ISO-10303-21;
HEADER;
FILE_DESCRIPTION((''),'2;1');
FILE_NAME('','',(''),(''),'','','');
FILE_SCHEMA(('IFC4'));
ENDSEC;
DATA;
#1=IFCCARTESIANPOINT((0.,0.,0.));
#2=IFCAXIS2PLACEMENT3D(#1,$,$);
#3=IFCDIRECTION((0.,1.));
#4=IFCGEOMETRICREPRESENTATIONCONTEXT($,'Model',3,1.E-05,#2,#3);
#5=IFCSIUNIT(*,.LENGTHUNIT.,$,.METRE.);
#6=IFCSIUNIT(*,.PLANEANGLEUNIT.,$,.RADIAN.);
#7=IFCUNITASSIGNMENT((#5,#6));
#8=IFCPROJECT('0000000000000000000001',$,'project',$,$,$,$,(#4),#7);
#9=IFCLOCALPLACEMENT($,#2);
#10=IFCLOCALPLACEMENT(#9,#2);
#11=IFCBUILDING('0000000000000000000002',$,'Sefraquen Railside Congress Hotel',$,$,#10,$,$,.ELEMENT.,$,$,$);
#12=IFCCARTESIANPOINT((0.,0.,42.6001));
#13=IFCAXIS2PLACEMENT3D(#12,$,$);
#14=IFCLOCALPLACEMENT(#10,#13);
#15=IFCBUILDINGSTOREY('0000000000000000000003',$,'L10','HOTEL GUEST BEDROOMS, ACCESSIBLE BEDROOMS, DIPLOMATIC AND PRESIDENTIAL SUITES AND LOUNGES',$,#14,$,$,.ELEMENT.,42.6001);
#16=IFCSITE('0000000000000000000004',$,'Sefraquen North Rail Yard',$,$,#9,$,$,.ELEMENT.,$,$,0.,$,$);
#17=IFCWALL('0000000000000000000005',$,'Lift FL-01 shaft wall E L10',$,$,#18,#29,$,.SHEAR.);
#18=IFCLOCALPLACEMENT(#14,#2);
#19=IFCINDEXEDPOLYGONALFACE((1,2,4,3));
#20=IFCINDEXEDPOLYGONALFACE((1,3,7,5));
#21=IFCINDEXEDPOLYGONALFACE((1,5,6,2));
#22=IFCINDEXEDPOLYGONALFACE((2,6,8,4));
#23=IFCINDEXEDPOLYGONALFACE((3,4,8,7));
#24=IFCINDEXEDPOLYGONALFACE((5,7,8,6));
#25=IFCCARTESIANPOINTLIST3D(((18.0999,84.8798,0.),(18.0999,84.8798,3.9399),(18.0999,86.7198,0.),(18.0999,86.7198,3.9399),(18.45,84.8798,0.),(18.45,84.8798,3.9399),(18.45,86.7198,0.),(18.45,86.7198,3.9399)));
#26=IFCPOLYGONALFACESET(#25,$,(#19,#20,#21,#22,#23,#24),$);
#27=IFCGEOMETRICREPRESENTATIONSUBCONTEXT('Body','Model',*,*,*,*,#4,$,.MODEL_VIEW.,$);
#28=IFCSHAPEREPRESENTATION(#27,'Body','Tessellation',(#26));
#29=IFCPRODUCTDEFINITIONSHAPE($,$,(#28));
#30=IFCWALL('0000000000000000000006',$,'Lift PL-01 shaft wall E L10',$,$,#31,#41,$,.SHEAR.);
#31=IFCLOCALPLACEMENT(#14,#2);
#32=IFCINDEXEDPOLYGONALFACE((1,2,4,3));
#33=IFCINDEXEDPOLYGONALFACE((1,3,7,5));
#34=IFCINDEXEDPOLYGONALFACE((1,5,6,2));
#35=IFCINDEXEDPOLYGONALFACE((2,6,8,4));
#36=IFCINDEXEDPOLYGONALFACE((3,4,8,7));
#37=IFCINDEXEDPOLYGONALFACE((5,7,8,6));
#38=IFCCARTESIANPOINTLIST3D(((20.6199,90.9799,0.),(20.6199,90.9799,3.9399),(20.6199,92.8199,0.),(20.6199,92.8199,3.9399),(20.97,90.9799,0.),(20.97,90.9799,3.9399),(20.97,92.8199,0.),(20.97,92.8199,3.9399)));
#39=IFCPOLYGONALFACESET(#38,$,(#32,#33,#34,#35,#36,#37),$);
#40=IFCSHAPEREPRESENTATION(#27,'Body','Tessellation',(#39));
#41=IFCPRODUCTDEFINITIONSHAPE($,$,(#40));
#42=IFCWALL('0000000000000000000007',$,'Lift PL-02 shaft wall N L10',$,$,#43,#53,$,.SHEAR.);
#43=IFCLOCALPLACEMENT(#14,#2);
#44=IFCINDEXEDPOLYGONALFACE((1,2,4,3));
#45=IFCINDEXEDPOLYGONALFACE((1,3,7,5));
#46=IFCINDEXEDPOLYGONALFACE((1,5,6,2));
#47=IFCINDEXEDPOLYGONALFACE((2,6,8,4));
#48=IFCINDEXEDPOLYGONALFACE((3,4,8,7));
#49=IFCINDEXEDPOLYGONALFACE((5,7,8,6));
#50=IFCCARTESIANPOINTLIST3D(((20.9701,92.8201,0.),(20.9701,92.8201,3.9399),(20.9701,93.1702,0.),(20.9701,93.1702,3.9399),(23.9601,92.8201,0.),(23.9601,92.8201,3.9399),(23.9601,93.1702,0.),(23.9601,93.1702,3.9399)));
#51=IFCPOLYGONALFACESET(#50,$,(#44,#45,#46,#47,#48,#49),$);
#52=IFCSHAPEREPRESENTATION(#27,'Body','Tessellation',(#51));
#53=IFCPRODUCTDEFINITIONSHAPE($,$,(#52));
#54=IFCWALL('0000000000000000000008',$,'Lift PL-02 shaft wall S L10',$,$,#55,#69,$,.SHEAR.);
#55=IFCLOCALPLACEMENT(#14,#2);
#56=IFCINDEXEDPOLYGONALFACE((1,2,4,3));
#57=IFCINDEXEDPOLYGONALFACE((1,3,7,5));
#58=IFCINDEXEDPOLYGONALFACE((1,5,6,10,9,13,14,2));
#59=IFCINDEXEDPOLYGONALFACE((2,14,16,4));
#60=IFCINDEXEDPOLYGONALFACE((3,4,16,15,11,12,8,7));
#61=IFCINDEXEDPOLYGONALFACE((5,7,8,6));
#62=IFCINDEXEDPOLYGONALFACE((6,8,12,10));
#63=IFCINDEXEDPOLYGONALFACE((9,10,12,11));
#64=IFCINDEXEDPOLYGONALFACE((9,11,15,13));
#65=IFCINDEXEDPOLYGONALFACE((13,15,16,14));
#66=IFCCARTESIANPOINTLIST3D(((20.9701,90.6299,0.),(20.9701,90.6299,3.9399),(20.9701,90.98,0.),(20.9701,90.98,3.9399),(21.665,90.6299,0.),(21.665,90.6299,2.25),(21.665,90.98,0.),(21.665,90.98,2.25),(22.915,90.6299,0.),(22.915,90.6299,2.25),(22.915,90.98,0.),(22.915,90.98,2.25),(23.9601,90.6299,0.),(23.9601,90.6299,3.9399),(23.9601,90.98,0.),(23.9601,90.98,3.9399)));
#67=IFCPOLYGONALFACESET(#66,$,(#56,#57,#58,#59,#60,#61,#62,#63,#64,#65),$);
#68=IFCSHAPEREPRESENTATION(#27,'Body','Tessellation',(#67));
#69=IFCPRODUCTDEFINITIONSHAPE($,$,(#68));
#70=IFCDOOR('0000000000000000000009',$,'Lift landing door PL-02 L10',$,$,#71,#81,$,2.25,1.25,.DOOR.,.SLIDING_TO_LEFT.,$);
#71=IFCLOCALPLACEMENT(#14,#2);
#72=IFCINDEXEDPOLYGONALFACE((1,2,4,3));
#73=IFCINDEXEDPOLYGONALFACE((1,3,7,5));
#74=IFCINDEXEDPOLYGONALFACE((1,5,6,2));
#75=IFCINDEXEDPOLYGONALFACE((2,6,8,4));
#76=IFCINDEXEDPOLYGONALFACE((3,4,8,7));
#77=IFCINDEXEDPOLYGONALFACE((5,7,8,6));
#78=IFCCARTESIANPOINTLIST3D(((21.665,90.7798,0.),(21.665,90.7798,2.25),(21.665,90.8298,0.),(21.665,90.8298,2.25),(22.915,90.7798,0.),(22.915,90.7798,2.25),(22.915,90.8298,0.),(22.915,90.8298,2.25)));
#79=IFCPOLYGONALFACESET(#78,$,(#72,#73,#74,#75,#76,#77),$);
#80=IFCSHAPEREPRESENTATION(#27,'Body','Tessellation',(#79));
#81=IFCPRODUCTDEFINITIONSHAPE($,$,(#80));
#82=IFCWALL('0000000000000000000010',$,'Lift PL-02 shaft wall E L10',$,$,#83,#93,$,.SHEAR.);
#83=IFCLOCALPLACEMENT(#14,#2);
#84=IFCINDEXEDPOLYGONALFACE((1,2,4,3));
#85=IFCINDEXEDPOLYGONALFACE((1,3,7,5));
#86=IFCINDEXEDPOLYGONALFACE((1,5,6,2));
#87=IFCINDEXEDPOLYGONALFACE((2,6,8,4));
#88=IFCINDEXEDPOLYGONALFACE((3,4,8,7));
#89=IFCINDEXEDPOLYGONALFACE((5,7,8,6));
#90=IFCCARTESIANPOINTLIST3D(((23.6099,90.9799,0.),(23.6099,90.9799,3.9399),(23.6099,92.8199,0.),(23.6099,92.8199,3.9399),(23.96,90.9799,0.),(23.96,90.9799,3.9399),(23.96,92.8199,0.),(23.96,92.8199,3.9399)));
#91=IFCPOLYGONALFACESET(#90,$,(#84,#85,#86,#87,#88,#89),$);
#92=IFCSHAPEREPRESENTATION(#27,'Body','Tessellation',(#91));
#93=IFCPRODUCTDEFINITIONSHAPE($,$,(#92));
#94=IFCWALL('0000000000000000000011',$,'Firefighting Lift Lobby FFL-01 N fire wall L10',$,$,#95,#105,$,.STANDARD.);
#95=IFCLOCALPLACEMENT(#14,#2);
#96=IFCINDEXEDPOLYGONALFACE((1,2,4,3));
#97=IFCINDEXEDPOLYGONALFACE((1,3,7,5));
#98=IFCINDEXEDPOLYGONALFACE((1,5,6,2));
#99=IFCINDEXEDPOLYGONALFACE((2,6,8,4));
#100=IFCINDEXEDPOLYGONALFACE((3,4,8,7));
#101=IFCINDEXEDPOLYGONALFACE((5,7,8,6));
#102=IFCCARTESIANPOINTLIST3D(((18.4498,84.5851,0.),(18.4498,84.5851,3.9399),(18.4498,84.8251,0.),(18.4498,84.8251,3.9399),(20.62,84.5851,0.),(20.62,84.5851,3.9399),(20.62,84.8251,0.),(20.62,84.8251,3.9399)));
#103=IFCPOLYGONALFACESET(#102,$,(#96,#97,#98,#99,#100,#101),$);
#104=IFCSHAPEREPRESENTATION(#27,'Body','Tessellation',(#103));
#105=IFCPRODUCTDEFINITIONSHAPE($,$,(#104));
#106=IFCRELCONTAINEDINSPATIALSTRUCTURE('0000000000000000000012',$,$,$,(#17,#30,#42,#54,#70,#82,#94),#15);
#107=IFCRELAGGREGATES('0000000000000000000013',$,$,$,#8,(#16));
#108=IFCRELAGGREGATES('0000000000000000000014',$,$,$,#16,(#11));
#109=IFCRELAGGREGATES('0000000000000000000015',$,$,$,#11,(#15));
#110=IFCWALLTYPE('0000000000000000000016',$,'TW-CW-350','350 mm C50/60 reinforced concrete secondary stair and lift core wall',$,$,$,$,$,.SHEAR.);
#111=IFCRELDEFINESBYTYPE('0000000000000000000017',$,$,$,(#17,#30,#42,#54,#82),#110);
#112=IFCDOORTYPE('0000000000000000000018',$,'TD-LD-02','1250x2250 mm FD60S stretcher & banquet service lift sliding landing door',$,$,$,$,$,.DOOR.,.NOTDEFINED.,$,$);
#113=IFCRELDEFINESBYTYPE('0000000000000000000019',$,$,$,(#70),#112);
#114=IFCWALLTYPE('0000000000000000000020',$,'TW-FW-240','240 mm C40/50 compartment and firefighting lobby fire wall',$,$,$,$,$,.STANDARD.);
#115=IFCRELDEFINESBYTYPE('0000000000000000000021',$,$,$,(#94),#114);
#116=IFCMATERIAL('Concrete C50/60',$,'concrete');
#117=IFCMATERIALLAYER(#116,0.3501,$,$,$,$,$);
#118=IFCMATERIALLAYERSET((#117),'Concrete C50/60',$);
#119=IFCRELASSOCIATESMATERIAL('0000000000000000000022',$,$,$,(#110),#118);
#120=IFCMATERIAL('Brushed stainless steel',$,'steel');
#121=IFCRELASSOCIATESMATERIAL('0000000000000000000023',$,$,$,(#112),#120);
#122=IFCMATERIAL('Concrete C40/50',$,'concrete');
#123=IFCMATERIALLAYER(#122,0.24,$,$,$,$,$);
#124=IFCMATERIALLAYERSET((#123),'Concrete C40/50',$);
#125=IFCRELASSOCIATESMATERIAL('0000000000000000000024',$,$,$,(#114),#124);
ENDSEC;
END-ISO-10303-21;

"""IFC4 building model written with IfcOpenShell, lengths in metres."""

from ifc_helpers import new_model, si_unit, direction, frame, frame_2d, origin, place, context, subcontext, project, spatial, rectangle, extrude, material, layer, layer_set, type_object, element, fill, save


model = new_model("IFC4")

# Units and contexts
model_context = context("Model", 3, precision=1e-05, world=origin(), true_north=direction((0.0, 1.0)))
body_context = subcontext(model_context, "Body", "Model", "MODEL_VIEW")
ifc_project = project(units=[si_unit("LENGTHUNIT", "METRE"), si_unit("PLANEANGLEUNIT", "RADIAN")], contexts=[model_context])

# Site, building, storey
site_placement = place(None, origin())
site = spatial("IfcSite", under=ifc_project, at=site_placement, Name="Sefraquen North Rail Yard", CompositionType="ELEMENT", RefElevation=0.0)
building_placement = place(site_placement, origin())
building = spatial("IfcBuilding", under=site, at=building_placement, Name="Sefraquen Railside Congress Hotel", CompositionType="ELEMENT")
storey_placement = place(building_placement, frame((0.0, 0.0, 42.6001)))
storey = spatial("IfcBuildingStorey", under=building, at=storey_placement, Name="L10", Description="HOTEL GUEST BEDROOMS, ACCESSIBLE BEDROOMS, DIPLOMATIC AND PRESIDENTIAL SUITES AND LOUNGES", CompositionType="ELEMENT", Elevation=42.6001)

# Walls
ifc_material_1 = material(Name="Concrete C50/60", Category="concrete")
ifc_layer_1 = layer(ifc_material_1, 0.3501)
ifc_layer_set_1 = layer_set([ifc_layer_1], Name="Concrete C50/60")
wall_type_1 = type_object("IfcWallType", Name="TW-CW-350", Description="350 mm C50/60 reinforced concrete secondary stair and lift core wall", PredefinedType="SHEAR", material=ifc_layer_set_1)
for number, where, z_axis, x_axis, name in (
    (1, (18.2749, 84.8799, 0.0), (0.0, 0.0, 1.0), (0.0, 1.0, 0.0), "Lift FL-01 shaft wall E L10"),
    (2, (20.7949, 90.98, 0.0), (0.0, 0.0, 1.0), (0.0, 1.0, 0.0), "Lift PL-01 shaft wall E L10"),
):
    element("IfcWall", number, at=place(storey_placement, frame(where, z_axis=z_axis, x_axis=x_axis)), inside=storey, type_object=wall_type_1, Name=name, PredefinedType="SHEAR", context=body_context, shape_type="SweptSolid", body=[
        extrude(rectangle(XDim=1.8401, YDim=0.3501, at=frame_2d((0.9199, 0.0))), origin(), (0.0, 0.0, 1.0), 3.9399),
    ])
wall_1_placement = place(storey_placement, frame((20.97, 92.9951, 0.0), z_axis=(0.0, 0.0, 1.0), x_axis=(1.0, 0.0, 0.0)))
element("IfcWall", 3, at=wall_1_placement, inside=storey, type_object=wall_type_1, Name="Lift PL-02 shaft wall N L10", PredefinedType="SHEAR", context=body_context, shape_type="SweptSolid", body=[
    extrude(rectangle(XDim=2.99, YDim=0.3501, at=frame_2d((1.4951, 0.0))), origin(), (0.0, 0.0, 1.0), 3.9399),
])

# Wall, opening, door
wall_2_placement = place(storey_placement, frame((20.97, 90.8049, 0.0), z_axis=(0.0, 0.0, 1.0), x_axis=(1.0, 0.0, 0.0)))
wall_2 = element("IfcWall", 4, at=wall_2_placement, inside=storey, type_object=wall_type_1, Name="Lift PL-02 shaft wall S L10", PredefinedType="SHEAR", context=body_context, shape_type="SweptSolid", body=[
    extrude(rectangle(XDim=2.99, YDim=0.3501, at=frame_2d((1.4951, 0.0))), origin(), (0.0, 0.0, 1.0), 3.9399),
])
opening_placement = place(wall_2_placement, frame((0.6951, 0.0, 0.0)))
opening = element("IfcOpeningElement", 5, at=opening_placement, cuts=wall_2, PredefinedType="OPENING", context=body_context, shape_type="SweptSolid", body=[
    extrude(rectangle(XDim=1.25, YDim=2.25, at=frame_2d((0.625, 1.125))), frame((0.0, 0.1851, 0.0), z_axis=(0.0, -1.0, 0.0), x_axis=(1.0, 0.0, 0.0)), (0.0, 0.0, 1.0), 0.3701),
])
ifc_material_2 = material(Name="Brushed stainless steel", Category="steel")
door_type = type_object("IfcDoorType", Name="TD-LD-02", Description="1250x2250 mm FD60S stretcher & banquet service lift sliding landing door", OperationType="NOTDEFINED", PredefinedType="DOOR", material=ifc_material_2)
door_placement = place(opening_placement, origin())
door = element("IfcDoor", 6, at=door_placement, inside=storey, type_object=door_type, Name="Lift landing door PL-02 L10", OperationType="SLIDING_TO_LEFT", OverallHeight=2.25, OverallWidth=1.25, PredefinedType="DOOR", context=body_context, shape_type="SweptSolid", body=[
    extrude(rectangle(XDim=1.25, YDim=2.25, at=frame_2d((0.625, 1.125))), frame((0.0, 0.0249, 0.0), z_axis=(0.0, -1.0, 0.0), x_axis=(1.0, 0.0, 0.0)), (0.0, 0.0, 1.0), 0.05),
])
fill(opening, door)

# Walls
wall_3_placement = place(storey_placement, frame((23.7849, 90.98, 0.0), z_axis=(0.0, 0.0, 1.0), x_axis=(0.0, 1.0, 0.0)))
element("IfcWall", 7, at=wall_3_placement, inside=storey, type_object=wall_type_1, Name="Lift PL-02 shaft wall E L10", PredefinedType="SHEAR", context=body_context, shape_type="SweptSolid", body=[
    extrude(rectangle(XDim=1.8401, YDim=0.3501, at=frame_2d((0.9199, 0.0))), origin(), (0.0, 0.0, 1.0), 3.9399),
])
ifc_material_3 = material(Name="Concrete C40/50", Category="concrete")
ifc_layer_2 = layer(ifc_material_3, 0.24)
ifc_layer_set_2 = layer_set([ifc_layer_2], Name="Concrete C40/50")
wall_type_2 = type_object("IfcWallType", Name="TW-FW-240", Description="240 mm C40/50 compartment and firefighting lobby fire wall", PredefinedType="STANDARD", material=ifc_layer_set_2)
wall_4_placement = place(storey_placement, frame((18.45, 84.7051, 0.0), z_axis=(0.0, 0.0, 1.0), x_axis=(1.0, 0.0, 0.0)))
element("IfcWall", 8, at=wall_4_placement, inside=storey, type_object=wall_type_2, Name="Firefighting Lift Lobby FFL-01 N fire wall L10", PredefinedType="STANDARD", context=body_context, shape_type="SweptSolid", body=[
    extrude(rectangle(XDim=2.1702, YDim=0.24, at=frame_2d((1.085, 0.0))), origin(), (0.0, 0.0, 1.0), 3.9399),
])

save(model, "model.ifc")
